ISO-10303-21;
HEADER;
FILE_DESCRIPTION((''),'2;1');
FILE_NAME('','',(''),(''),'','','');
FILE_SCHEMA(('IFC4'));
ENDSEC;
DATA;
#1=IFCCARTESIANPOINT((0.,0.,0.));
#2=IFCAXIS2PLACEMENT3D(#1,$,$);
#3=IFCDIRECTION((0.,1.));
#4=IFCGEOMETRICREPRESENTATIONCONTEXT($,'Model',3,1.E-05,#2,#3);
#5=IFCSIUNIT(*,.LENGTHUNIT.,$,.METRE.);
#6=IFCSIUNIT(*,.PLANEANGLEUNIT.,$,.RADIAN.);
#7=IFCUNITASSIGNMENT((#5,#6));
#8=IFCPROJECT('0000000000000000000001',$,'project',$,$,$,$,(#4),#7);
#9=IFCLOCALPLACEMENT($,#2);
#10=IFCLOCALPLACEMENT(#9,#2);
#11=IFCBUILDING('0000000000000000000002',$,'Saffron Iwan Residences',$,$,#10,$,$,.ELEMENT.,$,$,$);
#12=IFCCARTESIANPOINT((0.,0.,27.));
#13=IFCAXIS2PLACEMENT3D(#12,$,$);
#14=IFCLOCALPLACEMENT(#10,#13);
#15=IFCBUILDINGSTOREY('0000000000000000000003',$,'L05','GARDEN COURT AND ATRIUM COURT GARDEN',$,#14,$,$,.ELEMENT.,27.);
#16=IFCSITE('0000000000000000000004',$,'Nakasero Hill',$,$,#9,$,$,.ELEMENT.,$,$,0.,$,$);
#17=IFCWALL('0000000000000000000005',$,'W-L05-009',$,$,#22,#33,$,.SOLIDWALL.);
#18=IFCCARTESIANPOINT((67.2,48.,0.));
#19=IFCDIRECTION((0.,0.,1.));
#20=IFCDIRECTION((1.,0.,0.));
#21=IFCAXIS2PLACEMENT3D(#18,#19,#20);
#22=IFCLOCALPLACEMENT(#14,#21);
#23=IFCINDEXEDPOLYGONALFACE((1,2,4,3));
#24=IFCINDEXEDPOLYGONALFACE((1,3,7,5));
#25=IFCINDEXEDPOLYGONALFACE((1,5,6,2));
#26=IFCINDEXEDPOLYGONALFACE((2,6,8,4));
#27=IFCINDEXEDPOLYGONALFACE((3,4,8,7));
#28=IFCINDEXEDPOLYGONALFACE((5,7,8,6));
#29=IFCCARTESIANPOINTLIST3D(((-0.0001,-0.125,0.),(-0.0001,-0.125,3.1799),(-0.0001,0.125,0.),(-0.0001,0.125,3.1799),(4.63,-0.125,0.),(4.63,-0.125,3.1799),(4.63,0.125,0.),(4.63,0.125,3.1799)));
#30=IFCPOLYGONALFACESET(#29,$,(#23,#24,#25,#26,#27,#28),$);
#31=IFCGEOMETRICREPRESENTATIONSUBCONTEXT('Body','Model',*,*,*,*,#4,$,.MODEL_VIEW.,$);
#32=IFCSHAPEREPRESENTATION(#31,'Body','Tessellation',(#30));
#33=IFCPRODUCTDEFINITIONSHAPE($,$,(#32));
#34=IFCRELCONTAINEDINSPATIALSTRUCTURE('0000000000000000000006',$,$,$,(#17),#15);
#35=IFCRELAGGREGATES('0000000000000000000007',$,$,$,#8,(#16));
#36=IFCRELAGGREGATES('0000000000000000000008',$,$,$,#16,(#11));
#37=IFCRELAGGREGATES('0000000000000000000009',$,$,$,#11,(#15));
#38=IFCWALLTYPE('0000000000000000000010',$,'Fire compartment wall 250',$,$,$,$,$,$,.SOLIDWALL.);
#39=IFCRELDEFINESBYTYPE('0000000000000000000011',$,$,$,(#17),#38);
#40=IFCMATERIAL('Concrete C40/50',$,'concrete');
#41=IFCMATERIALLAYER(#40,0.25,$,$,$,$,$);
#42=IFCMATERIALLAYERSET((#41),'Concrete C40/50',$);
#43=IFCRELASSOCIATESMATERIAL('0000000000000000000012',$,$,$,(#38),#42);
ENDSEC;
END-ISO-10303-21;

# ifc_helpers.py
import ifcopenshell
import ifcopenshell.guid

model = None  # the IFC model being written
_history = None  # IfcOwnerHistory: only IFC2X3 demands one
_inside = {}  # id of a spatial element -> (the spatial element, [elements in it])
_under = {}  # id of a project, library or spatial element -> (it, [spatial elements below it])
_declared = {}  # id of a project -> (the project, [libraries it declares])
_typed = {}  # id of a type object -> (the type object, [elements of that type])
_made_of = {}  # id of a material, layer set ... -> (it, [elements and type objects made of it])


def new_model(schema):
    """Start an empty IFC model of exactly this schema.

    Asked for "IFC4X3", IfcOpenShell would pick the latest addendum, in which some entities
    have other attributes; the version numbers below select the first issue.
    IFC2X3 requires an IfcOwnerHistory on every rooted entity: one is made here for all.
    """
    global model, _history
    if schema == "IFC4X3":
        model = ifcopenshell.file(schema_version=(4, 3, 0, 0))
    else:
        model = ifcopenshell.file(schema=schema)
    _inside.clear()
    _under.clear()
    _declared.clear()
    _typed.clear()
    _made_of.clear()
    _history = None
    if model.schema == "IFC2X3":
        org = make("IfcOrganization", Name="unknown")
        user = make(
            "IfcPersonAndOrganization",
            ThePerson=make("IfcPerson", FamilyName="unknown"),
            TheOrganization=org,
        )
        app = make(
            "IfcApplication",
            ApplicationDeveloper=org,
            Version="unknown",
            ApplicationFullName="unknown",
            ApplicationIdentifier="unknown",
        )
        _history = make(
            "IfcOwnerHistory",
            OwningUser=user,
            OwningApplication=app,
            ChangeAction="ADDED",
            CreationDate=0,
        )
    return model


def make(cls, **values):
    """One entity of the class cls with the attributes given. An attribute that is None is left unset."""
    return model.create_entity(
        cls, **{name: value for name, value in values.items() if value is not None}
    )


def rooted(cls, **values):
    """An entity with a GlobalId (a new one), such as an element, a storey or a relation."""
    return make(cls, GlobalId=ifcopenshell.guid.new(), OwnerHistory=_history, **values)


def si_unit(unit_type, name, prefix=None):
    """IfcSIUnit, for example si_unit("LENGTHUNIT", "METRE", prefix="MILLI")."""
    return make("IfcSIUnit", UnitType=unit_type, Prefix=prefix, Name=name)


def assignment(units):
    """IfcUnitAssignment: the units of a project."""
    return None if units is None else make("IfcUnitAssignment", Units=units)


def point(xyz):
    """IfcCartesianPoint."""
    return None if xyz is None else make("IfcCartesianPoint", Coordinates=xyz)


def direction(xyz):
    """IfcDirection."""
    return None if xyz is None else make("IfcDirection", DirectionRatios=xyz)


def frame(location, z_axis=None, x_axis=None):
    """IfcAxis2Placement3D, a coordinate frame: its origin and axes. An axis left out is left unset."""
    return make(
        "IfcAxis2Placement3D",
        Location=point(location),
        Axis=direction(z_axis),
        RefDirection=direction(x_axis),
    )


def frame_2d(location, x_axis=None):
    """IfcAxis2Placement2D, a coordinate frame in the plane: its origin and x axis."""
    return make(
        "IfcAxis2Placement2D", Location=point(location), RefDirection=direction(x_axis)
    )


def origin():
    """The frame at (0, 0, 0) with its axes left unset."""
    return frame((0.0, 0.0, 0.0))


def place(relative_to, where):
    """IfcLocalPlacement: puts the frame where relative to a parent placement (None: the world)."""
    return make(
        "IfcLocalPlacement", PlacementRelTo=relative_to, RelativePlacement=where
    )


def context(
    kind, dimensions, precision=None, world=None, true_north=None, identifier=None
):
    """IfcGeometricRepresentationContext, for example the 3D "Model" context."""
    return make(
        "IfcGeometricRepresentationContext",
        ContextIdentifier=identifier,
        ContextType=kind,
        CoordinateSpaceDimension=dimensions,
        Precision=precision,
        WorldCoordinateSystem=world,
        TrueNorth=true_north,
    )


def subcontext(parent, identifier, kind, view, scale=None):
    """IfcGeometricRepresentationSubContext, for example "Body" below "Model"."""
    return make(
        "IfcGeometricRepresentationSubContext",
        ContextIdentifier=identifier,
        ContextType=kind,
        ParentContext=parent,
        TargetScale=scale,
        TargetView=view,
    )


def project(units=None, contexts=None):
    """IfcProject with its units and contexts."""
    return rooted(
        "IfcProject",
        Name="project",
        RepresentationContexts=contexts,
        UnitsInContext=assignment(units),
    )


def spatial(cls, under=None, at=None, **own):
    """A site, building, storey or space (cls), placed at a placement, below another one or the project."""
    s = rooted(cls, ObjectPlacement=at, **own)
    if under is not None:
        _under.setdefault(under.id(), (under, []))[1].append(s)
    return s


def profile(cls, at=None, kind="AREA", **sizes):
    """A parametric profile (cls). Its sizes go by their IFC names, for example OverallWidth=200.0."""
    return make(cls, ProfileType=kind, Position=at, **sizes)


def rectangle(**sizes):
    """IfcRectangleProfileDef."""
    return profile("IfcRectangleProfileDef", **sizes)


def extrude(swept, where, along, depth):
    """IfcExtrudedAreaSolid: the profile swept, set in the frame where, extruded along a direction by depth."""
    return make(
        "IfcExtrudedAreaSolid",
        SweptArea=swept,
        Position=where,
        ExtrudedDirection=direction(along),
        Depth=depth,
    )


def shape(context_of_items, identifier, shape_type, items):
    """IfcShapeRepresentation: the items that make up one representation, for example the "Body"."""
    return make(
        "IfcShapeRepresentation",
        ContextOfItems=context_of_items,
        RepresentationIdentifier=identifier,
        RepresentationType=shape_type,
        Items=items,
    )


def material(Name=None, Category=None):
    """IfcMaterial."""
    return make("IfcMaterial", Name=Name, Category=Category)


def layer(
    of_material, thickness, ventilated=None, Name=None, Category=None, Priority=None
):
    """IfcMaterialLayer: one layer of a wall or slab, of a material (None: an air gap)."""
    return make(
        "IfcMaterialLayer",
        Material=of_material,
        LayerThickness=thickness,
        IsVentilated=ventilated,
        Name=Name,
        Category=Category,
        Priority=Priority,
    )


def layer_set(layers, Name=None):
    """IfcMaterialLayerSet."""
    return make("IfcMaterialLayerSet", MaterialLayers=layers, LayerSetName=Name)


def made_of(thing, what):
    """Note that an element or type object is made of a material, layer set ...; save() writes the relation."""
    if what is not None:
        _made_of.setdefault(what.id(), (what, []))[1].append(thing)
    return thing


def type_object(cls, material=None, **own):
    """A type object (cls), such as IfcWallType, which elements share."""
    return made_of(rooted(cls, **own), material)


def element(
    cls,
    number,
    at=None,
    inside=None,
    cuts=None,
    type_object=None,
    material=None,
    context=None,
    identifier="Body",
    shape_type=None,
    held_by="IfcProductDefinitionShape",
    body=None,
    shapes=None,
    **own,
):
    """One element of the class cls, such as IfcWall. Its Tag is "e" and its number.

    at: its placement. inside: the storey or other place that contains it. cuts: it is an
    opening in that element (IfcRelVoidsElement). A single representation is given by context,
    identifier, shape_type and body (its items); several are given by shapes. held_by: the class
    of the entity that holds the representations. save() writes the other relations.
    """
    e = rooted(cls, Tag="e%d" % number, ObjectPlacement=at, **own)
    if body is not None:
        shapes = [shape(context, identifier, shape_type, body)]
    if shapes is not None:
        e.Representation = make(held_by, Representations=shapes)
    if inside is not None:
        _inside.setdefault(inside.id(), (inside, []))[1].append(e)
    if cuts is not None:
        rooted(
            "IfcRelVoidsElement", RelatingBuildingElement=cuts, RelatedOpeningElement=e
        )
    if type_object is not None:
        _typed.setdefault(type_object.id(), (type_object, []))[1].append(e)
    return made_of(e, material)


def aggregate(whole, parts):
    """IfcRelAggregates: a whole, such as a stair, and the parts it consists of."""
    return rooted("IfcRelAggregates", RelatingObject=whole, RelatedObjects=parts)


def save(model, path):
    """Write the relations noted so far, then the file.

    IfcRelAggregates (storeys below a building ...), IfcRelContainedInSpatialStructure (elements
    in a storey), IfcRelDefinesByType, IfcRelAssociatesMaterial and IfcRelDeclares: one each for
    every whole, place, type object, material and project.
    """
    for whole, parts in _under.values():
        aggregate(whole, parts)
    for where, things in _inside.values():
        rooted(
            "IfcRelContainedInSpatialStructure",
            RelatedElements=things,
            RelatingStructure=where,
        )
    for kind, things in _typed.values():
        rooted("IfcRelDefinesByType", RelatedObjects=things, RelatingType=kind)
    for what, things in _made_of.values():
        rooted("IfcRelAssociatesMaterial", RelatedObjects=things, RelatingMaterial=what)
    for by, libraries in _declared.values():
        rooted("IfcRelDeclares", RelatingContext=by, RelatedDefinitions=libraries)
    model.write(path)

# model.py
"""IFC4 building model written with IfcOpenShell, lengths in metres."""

from ifc_helpers import new_model, si_unit, direction, frame, frame_2d, origin, place, context, subcontext, project, spatial, rectangle, extrude, material, layer, layer_set, type_object, element, save


model = new_model("IFC4")

# Units and contexts
model_context = context("Model", 3, precision=1e-05, world=origin(), true_north=direction((0.0, 1.0)))
body_context = subcontext(model_context, "Body", "Model", "MODEL_VIEW")
ifc_project = project(units=[si_unit("LENGTHUNIT", "METRE"), si_unit("PLANEANGLEUNIT", "RADIAN")], contexts=[model_context])

# Site, building, storey
site_placement = place(None, origin())
site = spatial("IfcSite", under=ifc_project, at=site_placement, Name="Nakasero Hill", CompositionType="ELEMENT", RefElevation=0.0)
building_placement = place(site_placement, origin())
building = spatial("IfcBuilding", under=site, at=building_placement, Name="Saffron Iwan Residences", CompositionType="ELEMENT")
storey_placement = place(building_placement, frame((0.0, 0.0, 27.0)))
storey = spatial("IfcBuildingStorey", under=building, at=storey_placement, Name="L05", Description="GARDEN COURT AND ATRIUM COURT GARDEN", CompositionType="ELEMENT", Elevation=27.0)

# Wall
ifc_material_1 = material(Name="Concrete C40/50", Category="concrete")
ifc_layer_1 = layer(ifc_material_1, 0.25)
ifc_layer_set_1 = layer_set([ifc_layer_1], Name="Concrete C40/50")
wall_type_1 = type_object("IfcWallType", Name="Fire compartment wall 250", PredefinedType="SOLIDWALL", material=ifc_layer_set_1)
wall_1_placement = place(storey_placement, frame((67.2, 48.0, 0.0), z_axis=(0.0, 0.0, 1.0), x_axis=(1.0, 0.0, 0.0)))
element("IfcWall", 1, at=wall_1_placement, inside=storey, type_object=wall_type_1, Name="W-L05-009", PredefinedType="SOLIDWALL", context=body_context, shape_type="SweptSolid", body=[
    extrude(rectangle(XDim=4.6301, YDim=0.25, at=frame_2d((2.3149, 0.0))), origin(), (0.0, 0.0, 1.0), 3.1799),
])

save(model, "model.ifc")
